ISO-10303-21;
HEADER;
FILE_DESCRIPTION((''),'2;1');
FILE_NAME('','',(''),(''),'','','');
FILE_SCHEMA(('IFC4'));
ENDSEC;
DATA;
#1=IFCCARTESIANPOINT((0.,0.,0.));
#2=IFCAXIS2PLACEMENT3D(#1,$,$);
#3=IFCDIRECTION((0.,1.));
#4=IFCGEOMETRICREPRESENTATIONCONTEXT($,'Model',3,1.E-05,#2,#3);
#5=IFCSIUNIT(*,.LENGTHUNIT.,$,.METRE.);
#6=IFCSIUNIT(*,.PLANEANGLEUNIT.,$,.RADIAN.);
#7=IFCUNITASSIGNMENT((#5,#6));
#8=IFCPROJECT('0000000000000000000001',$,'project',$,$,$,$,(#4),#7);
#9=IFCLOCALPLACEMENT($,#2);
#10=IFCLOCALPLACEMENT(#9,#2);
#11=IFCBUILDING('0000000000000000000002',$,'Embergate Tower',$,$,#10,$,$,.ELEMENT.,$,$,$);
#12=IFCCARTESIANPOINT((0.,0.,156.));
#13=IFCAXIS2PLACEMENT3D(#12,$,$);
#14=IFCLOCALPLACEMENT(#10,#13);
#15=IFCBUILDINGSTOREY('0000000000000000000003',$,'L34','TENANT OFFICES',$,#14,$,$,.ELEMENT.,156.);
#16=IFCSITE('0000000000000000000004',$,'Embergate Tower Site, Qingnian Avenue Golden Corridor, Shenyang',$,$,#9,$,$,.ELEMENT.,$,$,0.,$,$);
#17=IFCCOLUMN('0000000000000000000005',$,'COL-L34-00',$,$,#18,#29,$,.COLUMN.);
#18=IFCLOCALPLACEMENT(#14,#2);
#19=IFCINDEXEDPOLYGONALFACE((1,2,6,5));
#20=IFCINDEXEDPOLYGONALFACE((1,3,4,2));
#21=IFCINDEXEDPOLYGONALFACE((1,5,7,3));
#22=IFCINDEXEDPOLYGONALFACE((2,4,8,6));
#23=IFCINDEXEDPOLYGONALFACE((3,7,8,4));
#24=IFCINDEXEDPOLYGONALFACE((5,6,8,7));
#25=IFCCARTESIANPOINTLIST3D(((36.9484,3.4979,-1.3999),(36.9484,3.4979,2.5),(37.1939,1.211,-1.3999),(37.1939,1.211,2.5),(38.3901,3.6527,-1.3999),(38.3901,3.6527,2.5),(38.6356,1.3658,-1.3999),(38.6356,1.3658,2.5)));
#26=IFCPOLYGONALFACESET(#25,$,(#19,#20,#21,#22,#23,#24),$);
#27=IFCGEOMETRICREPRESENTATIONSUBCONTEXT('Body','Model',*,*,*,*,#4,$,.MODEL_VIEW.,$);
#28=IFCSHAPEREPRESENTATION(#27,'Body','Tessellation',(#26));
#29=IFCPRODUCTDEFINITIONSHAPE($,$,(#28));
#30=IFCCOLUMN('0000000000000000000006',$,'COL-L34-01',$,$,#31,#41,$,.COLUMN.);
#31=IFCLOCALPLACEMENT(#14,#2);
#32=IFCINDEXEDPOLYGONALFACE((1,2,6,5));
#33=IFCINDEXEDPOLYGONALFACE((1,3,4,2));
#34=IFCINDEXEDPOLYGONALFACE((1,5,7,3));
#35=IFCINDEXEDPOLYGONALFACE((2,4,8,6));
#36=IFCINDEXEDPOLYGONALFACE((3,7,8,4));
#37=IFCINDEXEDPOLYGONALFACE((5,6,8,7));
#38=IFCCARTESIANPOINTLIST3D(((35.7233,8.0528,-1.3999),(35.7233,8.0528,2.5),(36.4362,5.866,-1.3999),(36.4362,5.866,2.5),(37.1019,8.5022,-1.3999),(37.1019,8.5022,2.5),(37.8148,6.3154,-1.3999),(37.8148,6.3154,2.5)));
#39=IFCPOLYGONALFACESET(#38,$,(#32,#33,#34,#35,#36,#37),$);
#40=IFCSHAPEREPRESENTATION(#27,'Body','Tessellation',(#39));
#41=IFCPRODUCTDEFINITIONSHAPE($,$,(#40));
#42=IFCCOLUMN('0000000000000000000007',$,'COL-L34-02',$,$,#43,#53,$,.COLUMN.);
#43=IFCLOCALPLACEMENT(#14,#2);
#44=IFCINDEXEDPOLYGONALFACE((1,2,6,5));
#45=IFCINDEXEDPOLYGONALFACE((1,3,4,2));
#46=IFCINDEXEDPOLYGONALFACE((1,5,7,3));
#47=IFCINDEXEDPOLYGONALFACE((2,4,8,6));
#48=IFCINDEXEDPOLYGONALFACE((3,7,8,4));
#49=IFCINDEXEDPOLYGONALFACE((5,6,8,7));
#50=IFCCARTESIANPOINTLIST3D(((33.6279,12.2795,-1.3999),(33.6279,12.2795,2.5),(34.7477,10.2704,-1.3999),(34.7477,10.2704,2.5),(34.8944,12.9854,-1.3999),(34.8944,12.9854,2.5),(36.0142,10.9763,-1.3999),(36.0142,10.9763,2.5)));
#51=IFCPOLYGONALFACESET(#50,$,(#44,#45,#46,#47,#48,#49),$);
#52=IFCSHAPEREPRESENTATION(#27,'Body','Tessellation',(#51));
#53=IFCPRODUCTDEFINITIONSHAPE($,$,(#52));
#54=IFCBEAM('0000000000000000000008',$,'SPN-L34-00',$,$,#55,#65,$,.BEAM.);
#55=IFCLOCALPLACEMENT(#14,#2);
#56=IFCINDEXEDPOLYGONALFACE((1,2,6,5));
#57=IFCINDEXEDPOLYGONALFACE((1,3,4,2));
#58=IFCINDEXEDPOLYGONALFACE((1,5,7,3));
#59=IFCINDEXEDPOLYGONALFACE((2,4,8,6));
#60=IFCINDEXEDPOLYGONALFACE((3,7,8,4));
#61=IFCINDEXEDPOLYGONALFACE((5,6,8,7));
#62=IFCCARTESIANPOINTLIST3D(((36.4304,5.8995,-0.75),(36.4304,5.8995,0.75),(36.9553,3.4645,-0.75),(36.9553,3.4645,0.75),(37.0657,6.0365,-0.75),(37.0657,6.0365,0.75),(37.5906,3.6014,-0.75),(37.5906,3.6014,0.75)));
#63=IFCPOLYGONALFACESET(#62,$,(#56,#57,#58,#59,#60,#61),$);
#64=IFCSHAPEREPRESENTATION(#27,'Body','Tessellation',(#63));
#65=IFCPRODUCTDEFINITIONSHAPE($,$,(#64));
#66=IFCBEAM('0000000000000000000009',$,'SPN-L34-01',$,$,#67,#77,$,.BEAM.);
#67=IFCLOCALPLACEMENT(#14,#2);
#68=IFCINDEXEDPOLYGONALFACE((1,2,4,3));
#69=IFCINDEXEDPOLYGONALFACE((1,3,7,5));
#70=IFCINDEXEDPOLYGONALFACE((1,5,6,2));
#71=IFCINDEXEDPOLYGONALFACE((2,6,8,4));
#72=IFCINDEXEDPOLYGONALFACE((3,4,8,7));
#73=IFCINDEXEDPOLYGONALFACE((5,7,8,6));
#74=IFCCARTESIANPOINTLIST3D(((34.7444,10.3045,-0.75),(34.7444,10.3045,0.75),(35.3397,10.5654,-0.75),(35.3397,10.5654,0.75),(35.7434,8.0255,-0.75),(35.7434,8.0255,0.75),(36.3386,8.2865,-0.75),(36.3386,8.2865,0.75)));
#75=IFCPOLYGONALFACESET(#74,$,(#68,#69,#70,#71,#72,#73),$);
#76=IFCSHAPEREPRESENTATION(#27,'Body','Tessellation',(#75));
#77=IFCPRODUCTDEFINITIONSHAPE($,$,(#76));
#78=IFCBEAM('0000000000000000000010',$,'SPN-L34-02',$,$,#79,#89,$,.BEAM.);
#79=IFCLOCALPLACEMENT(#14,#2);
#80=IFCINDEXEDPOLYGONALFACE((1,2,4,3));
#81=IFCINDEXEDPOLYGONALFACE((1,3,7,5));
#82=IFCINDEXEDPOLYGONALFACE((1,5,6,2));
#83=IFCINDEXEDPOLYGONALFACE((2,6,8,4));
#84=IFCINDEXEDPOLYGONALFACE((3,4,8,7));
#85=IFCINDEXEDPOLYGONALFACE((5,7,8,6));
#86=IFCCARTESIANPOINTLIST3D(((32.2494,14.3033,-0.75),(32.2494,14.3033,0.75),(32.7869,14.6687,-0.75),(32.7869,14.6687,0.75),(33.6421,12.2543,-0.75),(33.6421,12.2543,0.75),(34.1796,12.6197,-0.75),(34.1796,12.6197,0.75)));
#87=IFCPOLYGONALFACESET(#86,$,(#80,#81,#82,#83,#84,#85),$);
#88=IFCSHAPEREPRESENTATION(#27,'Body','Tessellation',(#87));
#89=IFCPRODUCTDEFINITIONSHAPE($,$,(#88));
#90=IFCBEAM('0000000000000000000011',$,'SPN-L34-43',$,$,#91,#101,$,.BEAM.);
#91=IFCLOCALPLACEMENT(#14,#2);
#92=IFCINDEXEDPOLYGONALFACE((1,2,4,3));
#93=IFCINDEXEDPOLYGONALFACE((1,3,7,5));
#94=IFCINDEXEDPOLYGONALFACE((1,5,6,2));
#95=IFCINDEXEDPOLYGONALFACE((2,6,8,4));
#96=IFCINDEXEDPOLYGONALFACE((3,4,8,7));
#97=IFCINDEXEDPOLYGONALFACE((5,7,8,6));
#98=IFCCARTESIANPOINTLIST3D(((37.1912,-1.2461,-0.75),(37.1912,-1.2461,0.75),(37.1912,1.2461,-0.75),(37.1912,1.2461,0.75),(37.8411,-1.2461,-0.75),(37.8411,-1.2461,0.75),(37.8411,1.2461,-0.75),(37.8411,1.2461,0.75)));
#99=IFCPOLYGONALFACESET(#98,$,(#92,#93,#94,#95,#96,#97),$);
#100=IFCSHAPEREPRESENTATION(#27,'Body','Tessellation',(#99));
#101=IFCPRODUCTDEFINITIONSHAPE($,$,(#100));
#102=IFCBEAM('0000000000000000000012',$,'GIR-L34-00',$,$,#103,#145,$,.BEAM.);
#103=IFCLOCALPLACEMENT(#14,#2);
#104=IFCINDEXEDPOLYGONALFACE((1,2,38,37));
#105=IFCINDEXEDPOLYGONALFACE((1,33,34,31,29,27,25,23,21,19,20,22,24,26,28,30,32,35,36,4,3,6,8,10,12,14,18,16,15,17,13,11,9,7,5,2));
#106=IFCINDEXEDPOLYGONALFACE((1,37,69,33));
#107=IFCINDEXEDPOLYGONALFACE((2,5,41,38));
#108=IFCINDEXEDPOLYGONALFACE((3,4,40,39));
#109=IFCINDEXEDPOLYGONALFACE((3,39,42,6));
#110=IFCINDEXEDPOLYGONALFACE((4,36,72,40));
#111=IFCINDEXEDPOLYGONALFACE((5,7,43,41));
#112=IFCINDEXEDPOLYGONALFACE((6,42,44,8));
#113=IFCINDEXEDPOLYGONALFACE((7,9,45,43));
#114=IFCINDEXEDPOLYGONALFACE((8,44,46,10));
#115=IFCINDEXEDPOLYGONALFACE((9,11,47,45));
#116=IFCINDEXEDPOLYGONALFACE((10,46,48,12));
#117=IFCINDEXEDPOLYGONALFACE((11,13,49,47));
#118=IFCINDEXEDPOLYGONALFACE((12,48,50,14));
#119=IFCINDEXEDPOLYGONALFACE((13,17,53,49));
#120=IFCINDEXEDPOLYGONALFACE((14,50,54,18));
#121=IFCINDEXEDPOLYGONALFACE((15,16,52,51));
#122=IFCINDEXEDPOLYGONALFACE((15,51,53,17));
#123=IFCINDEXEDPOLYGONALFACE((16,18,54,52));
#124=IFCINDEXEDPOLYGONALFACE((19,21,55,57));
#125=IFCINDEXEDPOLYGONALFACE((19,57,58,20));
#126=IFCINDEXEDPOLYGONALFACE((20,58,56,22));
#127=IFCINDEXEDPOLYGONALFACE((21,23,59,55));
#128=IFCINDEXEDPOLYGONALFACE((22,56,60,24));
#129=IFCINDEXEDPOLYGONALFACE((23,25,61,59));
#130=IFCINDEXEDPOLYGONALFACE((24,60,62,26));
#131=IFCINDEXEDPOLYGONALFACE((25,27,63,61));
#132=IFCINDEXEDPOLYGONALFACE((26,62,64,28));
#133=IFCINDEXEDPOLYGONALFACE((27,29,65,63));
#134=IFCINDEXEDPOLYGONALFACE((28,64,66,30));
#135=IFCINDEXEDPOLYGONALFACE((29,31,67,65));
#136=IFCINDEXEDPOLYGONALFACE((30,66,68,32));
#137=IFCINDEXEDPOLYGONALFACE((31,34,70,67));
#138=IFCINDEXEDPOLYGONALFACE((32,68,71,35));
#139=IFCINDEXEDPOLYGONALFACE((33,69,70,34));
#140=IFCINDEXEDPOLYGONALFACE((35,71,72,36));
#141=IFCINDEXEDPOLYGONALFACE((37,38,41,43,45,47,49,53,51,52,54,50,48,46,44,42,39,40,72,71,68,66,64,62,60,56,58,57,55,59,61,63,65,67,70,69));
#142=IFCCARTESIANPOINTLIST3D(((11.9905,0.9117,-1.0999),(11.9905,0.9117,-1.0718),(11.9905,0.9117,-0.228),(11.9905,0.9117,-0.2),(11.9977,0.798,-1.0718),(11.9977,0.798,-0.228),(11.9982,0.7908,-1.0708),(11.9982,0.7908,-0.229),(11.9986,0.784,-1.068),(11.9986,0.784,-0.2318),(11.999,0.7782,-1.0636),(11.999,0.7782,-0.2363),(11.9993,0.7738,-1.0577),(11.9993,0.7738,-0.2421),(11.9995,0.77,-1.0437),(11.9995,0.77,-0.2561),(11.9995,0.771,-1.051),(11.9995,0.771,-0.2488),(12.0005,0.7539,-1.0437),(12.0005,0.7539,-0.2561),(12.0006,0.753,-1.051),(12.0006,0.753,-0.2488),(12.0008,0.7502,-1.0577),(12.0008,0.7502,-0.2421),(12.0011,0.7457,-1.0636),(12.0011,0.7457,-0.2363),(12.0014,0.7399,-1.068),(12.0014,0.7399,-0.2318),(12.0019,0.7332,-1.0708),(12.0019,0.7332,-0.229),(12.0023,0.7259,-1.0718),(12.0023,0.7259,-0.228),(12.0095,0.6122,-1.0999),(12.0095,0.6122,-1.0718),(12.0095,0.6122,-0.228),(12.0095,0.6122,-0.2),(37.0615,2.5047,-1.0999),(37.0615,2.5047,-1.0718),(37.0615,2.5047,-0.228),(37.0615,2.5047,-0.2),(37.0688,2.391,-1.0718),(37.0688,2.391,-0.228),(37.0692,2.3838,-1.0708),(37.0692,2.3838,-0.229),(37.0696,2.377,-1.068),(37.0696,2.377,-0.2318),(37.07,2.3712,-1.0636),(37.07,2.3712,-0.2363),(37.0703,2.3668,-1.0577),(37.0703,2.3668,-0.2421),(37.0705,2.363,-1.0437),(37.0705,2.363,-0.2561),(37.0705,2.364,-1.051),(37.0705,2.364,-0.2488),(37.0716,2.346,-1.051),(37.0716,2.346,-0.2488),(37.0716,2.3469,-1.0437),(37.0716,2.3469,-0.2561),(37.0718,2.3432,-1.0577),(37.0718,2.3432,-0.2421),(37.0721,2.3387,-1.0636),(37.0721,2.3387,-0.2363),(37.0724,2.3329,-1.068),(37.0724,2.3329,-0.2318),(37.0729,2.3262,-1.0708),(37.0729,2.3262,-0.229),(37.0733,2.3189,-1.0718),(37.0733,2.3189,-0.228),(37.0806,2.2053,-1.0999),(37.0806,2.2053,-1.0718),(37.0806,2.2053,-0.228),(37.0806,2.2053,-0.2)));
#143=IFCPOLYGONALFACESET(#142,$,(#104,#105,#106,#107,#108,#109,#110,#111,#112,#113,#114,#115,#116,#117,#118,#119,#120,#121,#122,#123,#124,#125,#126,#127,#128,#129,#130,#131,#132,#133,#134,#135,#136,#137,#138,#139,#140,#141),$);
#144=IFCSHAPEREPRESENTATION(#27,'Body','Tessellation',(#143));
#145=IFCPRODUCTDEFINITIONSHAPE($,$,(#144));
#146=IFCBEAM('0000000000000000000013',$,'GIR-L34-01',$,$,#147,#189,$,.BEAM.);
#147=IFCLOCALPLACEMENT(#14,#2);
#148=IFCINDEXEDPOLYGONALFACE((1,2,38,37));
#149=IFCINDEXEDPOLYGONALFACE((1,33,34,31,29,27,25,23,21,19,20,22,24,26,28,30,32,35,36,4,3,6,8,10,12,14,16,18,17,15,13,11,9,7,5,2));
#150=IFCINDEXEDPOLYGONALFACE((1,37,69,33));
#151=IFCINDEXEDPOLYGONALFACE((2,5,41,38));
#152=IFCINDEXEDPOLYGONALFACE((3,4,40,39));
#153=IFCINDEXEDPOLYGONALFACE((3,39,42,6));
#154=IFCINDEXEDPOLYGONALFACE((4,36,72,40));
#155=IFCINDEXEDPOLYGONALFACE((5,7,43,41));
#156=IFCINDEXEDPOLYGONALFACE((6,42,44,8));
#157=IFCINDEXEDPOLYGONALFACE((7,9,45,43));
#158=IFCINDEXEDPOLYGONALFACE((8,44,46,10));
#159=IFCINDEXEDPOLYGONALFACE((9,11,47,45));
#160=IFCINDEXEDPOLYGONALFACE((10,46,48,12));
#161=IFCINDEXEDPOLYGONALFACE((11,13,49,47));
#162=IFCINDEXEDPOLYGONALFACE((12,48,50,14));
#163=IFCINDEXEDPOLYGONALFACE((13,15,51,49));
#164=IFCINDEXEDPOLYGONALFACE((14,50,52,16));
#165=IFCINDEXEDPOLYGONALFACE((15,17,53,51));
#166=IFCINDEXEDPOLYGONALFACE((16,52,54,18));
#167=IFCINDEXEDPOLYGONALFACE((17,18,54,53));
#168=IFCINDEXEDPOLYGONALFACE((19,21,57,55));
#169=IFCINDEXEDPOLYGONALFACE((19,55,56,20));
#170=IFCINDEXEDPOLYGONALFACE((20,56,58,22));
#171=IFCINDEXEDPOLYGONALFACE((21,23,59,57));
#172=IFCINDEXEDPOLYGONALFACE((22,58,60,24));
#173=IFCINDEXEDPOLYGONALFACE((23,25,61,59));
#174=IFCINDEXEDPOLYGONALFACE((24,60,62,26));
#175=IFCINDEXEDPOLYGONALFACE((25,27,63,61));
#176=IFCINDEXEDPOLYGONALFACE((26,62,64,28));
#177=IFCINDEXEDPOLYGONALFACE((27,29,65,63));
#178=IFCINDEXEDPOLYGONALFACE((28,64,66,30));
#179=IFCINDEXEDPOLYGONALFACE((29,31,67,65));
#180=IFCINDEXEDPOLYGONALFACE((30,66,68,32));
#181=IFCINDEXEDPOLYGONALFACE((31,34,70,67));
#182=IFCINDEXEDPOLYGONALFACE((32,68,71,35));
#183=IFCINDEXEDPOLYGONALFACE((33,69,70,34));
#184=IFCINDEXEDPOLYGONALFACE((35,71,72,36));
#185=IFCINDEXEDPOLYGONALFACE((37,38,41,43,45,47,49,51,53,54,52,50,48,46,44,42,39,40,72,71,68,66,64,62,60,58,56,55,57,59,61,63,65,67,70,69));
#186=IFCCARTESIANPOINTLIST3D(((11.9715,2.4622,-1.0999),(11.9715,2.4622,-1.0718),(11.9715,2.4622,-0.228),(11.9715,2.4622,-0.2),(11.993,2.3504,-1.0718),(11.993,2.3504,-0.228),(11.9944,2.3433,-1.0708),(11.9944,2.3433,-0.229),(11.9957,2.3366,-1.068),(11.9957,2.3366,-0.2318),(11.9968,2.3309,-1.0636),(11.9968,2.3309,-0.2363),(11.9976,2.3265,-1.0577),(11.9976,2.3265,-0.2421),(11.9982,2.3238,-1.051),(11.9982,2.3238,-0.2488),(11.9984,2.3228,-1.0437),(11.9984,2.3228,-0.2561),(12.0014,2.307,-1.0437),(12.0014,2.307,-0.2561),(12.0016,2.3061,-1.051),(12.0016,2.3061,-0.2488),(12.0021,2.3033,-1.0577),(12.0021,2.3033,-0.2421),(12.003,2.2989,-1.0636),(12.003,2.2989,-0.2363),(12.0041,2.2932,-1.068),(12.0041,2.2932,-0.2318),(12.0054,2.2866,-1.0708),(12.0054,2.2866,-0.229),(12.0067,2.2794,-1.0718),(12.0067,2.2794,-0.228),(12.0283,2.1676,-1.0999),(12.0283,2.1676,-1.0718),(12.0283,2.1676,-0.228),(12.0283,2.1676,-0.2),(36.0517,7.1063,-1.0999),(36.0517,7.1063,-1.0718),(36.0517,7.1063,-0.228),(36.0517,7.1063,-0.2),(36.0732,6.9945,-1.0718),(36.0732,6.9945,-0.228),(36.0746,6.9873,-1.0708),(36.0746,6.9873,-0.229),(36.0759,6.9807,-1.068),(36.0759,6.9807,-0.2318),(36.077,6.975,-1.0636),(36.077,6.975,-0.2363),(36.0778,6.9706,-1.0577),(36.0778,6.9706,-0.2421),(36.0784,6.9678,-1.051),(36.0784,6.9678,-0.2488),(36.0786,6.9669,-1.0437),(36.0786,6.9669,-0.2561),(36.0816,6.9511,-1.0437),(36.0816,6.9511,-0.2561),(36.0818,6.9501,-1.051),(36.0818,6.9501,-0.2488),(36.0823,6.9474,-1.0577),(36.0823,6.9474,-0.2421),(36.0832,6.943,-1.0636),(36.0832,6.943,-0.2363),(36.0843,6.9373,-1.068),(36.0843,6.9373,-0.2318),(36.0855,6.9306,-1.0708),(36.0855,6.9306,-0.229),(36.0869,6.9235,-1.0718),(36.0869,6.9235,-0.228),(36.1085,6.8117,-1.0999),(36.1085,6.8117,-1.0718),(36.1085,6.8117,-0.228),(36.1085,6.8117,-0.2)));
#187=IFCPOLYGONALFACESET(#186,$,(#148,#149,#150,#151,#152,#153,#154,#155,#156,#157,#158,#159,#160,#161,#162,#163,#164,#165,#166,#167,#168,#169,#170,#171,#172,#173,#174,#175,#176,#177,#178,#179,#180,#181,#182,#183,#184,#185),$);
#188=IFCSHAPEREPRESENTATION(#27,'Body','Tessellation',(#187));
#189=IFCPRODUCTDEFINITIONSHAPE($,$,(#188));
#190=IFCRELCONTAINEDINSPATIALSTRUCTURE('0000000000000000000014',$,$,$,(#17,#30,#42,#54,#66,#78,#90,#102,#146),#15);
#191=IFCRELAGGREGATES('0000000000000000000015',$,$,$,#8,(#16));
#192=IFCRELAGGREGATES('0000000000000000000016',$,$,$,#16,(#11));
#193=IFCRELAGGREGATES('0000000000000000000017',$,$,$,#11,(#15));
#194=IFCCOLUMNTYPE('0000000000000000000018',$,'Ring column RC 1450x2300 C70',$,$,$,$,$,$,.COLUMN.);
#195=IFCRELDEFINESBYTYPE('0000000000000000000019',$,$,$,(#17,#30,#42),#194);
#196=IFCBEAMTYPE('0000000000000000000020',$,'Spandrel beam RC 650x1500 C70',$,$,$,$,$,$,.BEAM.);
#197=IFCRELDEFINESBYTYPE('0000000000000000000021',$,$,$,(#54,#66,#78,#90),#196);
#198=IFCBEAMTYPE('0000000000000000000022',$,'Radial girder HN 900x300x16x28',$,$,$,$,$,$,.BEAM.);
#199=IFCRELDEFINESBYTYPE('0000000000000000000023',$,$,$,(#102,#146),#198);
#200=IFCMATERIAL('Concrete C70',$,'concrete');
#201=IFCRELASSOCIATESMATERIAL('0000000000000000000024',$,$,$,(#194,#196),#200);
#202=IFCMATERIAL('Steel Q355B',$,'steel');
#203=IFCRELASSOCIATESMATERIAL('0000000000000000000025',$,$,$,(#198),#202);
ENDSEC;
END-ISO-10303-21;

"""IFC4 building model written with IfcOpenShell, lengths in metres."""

from ifc_helpers import new_model, si_unit, direction, frame, origin, origin_2d, place, context, subcontext, project, spatial, rectangle, i_section, extrude, source, transform, mapped, material, material_profile, profile_set, type_object, element, save


model = new_model("IFC4")

# Units and contexts
model_context = context("Model", 3, precision=1e-05, world=origin(), true_north=direction((0.0, 1.0)))
body_context = subcontext(model_context, "Body", "Model", "MODEL_VIEW")
ifc_project = project(units=[si_unit("LENGTHUNIT", "METRE"), si_unit("PLANEANGLEUNIT", "RADIAN")], contexts=[model_context])

# Site, building, storey
site_placement = place(None, origin())
site = spatial("IfcSite", under=ifc_project, at=site_placement, Name="Embergate Tower Site, Qingnian Avenue Golden Corridor, Shenyang", CompositionType="ELEMENT", RefElevation=0.0)
building_placement = place(site_placement, origin())
building = spatial("IfcBuilding", under=site, at=building_placement, Name="Embergate Tower", CompositionType="ELEMENT")
storey_placement = place(building_placement, frame((0.0, 0.0, 156.0)))
storey = spatial("IfcBuildingStorey", under=building, at=storey_placement, Name="L34", Description="TENANT OFFICES", CompositionType="ELEMENT", Elevation=156.0)

# Columns
ifc_material_1 = material(Name="Concrete C70", Category="concrete")
ifc_material_profile_1 = material_profile(ifc_material_1, rectangle(XDim=1.45, YDim=2.3, at=origin_2d()), Name="RC 1450x2300")
ifc_profile_set_1 = profile_set([ifc_material_profile_1], Name="Concrete C70")
column_type = type_object("IfcColumnType", Name="Ring column RC 1450x2300 C70", PredefinedType="COLUMN", material=ifc_profile_set_1)
shared_shape_1 = source(origin(), body_context, "Body", "SweptSolid", [
    extrude(rectangle(XDim=1.45, YDim=2.3, at=origin_2d()), origin(), (0.0, 0.0, 1.0), 3.8999),
])
for number, where, z_axis, x_axis, name in (
    (1, (37.792, 2.4319, -1.3999), (0.0, 0.0, 1.0), (0.994286, 0.10675, 0.0), "COL-L34-00"),
    (2, (36.769, 7.1841, -1.3999), (0.0, 0.0, 1.0), (0.950754, 0.309946, 0.0), "COL-L34-01"),
    (3, (34.821, 11.6279, -1.3999), (0.0, 0.0, 1.0), (0.873492, 0.486839, 0.0), "COL-L34-02"),
):
    element("IfcColumn", number, at=place(storey_placement, frame(where, z_axis=z_axis, x_axis=x_axis)), inside=storey, type_object=column_type, Name=name, PredefinedType="COLUMN", context=body_context, shape_type="MappedRepresentation", body=[
        mapped(shared_shape_1, transform((0.0, 0.0, 0.0))),
    ])

# Beams
ifc_material_profile_2 = material_profile(ifc_material_1, rectangle(XDim=0.6499, YDim=1.5, at=origin_2d()), Name="RC 650x1500")
ifc_profile_set_2 = profile_set([ifc_material_profile_2], Name="Concrete C70")
beam_type_1 = type_object("IfcBeamType", Name="Spandrel beam RC 650x1500 C70", PredefinedType="BEAM", material=ifc_profile_set_2)
shared_shape_2 = source(origin(), body_context, "Body", "SweptSolid", [
    extrude(rectangle(XDim=0.6499, YDim=1.5, at=origin_2d()), origin(), (0.0, 0.0, 1.0), 2.491),
])
beam_1_placement = place(storey_placement, frame((37.2729, 3.533, 0.0), z_axis=(-0.21072, 0.977546, 0.0), x_axis=(-0.977546, -0.21072, 0.0)))
element("IfcBeam", 4, at=beam_1_placement, inside=storey, type_object=beam_type_1, Name="SPN-L34-00", PredefinedType="BEAM", context=body_context, shape_type="MappedRepresentation", body=[
    mapped(shared_shape_2, transform((0.0, 0.0, 0.0))),
])
shared_shape_3 = source(origin(), body_context, "Body", "SweptSolid", [
    extrude(rectangle(XDim=0.6499, YDim=1.5, at=origin_2d()), origin(), (0.0, 0.0, 1.0), 2.4883),
])
beam_2_placement = place(storey_placement, frame((36.041, 8.156, 0.0), z_axis=(-0.401472, 0.915871, 0.0), x_axis=(-0.915871, -0.401472, 0.0)))
element("IfcBeam", 5, at=beam_2_placement, inside=storey, type_object=beam_type_1, Name="SPN-L34-01", PredefinedType="BEAM", context=body_context, shape_type="MappedRepresentation", body=[
    mapped(shared_shape_3, transform((0.0, 0.0, 0.0))),
])
shared_shape_4 = source(origin(), body_context, "Body", "SweptSolid", [
    extrude(rectangle(XDim=0.6499, YDim=1.5, at=origin_2d()), origin(), (0.0, 0.0, 1.0), 2.4775),
])
beam_3_placement = place(storey_placement, frame((33.9109, 12.437, 0.0), z_axis=(-0.562159, 0.827029, 0.0), x_axis=(-0.827029, -0.562159, 0.0)))
element("IfcBeam", 6, at=beam_3_placement, inside=storey, type_object=beam_type_1, Name="SPN-L34-02", PredefinedType="BEAM", context=body_context, shape_type="MappedRepresentation", body=[
    mapped(shared_shape_4, transform((0.0, 0.0, 0.0))),
])
shared_shape_5 = source(origin(), body_context, "Body", "SweptSolid", [
    extrude(rectangle(XDim=0.6499, YDim=1.5, at=origin_2d()), origin(), (0.0, 0.0, 1.0), 2.4922),
])
beam_4_placement = place(storey_placement, frame((37.5161, -1.2461, 0.0), z_axis=(0.0, 1.0, 0.0), x_axis=(-1.0, 0.0, 0.0)))
element("IfcBeam", 7, at=beam_4_placement, inside=storey, type_object=beam_type_1, Name="SPN-L34-43", PredefinedType="BEAM", context=body_context, shape_type="MappedRepresentation", body=[
    mapped(shared_shape_5, transform((0.0, 0.0, 0.0))),
])
ifc_material_2 = material(Name="Steel Q355B", Category="steel")
ifc_material_profile_3 = material_profile(ifc_material_2, i_section(OverallWidth=0.3, OverallDepth=0.8999, WebThickness=0.0161, FlangeThickness=0.0281, FilletRadius=0.0281, at=origin_2d()), Name="HN 900x300x16x28")
ifc_profile_set_3 = profile_set([ifc_material_profile_3], Name="Steel Q355 grade B")
beam_type_2 = type_object("IfcBeamType", Name="Radial girder HN 900x300x16x28", PredefinedType="BEAM", material=ifc_profile_set_3)
shared_shape_6 = source(origin(), body_context, "Body", "SweptSolid", [
    extrude(i_section(OverallWidth=0.3, OverallDepth=0.8999, WebThickness=0.0161, FlangeThickness=0.0281, FilletRadius=0.0281, at=origin_2d()), origin(), (0.0, 0.0, 1.0), 25.1216),
])
beam_5_placement = place(storey_placement, frame((37.071, 2.355, -0.6499), z_axis=(-0.997987, -0.063412, 0.0), x_axis=(0.063412, -0.997987, 0.0)))
element("IfcBeam", 8, at=beam_5_placement, inside=storey, type_object=beam_type_2, Name="GIR-L34-00", PredefinedType="BEAM", context=body_context, shape_type="MappedRepresentation", body=[
    mapped(shared_shape_6, transform((0.0, 0.0, 0.0))),
])
shared_shape_7 = source(origin(), body_context, "Body", "SweptSolid", [
    extrude(i_section(OverallWidth=0.3, OverallDepth=0.8999, WebThickness=0.0161, FlangeThickness=0.0281, FilletRadius=0.0281, at=origin_2d()), origin(), (0.0, 0.0, 1.0), 24.5239),
])
beam_6_placement = place(storey_placement, frame((36.0801, 6.959, -0.6499), z_axis=(-0.981906, -0.189369, 0.0), x_axis=(0.189369, -0.981906, 0.0)))
element("IfcBeam", 9, at=beam_6_placement, inside=storey, type_object=beam_type_2, Name="GIR-L34-01", PredefinedType="BEAM", context=body_context, shape_type="MappedRepresentation", body=[
    mapped(shared_shape_7, transform((0.0, 0.0, 0.0))),
])

save(model, "model.ifc")
